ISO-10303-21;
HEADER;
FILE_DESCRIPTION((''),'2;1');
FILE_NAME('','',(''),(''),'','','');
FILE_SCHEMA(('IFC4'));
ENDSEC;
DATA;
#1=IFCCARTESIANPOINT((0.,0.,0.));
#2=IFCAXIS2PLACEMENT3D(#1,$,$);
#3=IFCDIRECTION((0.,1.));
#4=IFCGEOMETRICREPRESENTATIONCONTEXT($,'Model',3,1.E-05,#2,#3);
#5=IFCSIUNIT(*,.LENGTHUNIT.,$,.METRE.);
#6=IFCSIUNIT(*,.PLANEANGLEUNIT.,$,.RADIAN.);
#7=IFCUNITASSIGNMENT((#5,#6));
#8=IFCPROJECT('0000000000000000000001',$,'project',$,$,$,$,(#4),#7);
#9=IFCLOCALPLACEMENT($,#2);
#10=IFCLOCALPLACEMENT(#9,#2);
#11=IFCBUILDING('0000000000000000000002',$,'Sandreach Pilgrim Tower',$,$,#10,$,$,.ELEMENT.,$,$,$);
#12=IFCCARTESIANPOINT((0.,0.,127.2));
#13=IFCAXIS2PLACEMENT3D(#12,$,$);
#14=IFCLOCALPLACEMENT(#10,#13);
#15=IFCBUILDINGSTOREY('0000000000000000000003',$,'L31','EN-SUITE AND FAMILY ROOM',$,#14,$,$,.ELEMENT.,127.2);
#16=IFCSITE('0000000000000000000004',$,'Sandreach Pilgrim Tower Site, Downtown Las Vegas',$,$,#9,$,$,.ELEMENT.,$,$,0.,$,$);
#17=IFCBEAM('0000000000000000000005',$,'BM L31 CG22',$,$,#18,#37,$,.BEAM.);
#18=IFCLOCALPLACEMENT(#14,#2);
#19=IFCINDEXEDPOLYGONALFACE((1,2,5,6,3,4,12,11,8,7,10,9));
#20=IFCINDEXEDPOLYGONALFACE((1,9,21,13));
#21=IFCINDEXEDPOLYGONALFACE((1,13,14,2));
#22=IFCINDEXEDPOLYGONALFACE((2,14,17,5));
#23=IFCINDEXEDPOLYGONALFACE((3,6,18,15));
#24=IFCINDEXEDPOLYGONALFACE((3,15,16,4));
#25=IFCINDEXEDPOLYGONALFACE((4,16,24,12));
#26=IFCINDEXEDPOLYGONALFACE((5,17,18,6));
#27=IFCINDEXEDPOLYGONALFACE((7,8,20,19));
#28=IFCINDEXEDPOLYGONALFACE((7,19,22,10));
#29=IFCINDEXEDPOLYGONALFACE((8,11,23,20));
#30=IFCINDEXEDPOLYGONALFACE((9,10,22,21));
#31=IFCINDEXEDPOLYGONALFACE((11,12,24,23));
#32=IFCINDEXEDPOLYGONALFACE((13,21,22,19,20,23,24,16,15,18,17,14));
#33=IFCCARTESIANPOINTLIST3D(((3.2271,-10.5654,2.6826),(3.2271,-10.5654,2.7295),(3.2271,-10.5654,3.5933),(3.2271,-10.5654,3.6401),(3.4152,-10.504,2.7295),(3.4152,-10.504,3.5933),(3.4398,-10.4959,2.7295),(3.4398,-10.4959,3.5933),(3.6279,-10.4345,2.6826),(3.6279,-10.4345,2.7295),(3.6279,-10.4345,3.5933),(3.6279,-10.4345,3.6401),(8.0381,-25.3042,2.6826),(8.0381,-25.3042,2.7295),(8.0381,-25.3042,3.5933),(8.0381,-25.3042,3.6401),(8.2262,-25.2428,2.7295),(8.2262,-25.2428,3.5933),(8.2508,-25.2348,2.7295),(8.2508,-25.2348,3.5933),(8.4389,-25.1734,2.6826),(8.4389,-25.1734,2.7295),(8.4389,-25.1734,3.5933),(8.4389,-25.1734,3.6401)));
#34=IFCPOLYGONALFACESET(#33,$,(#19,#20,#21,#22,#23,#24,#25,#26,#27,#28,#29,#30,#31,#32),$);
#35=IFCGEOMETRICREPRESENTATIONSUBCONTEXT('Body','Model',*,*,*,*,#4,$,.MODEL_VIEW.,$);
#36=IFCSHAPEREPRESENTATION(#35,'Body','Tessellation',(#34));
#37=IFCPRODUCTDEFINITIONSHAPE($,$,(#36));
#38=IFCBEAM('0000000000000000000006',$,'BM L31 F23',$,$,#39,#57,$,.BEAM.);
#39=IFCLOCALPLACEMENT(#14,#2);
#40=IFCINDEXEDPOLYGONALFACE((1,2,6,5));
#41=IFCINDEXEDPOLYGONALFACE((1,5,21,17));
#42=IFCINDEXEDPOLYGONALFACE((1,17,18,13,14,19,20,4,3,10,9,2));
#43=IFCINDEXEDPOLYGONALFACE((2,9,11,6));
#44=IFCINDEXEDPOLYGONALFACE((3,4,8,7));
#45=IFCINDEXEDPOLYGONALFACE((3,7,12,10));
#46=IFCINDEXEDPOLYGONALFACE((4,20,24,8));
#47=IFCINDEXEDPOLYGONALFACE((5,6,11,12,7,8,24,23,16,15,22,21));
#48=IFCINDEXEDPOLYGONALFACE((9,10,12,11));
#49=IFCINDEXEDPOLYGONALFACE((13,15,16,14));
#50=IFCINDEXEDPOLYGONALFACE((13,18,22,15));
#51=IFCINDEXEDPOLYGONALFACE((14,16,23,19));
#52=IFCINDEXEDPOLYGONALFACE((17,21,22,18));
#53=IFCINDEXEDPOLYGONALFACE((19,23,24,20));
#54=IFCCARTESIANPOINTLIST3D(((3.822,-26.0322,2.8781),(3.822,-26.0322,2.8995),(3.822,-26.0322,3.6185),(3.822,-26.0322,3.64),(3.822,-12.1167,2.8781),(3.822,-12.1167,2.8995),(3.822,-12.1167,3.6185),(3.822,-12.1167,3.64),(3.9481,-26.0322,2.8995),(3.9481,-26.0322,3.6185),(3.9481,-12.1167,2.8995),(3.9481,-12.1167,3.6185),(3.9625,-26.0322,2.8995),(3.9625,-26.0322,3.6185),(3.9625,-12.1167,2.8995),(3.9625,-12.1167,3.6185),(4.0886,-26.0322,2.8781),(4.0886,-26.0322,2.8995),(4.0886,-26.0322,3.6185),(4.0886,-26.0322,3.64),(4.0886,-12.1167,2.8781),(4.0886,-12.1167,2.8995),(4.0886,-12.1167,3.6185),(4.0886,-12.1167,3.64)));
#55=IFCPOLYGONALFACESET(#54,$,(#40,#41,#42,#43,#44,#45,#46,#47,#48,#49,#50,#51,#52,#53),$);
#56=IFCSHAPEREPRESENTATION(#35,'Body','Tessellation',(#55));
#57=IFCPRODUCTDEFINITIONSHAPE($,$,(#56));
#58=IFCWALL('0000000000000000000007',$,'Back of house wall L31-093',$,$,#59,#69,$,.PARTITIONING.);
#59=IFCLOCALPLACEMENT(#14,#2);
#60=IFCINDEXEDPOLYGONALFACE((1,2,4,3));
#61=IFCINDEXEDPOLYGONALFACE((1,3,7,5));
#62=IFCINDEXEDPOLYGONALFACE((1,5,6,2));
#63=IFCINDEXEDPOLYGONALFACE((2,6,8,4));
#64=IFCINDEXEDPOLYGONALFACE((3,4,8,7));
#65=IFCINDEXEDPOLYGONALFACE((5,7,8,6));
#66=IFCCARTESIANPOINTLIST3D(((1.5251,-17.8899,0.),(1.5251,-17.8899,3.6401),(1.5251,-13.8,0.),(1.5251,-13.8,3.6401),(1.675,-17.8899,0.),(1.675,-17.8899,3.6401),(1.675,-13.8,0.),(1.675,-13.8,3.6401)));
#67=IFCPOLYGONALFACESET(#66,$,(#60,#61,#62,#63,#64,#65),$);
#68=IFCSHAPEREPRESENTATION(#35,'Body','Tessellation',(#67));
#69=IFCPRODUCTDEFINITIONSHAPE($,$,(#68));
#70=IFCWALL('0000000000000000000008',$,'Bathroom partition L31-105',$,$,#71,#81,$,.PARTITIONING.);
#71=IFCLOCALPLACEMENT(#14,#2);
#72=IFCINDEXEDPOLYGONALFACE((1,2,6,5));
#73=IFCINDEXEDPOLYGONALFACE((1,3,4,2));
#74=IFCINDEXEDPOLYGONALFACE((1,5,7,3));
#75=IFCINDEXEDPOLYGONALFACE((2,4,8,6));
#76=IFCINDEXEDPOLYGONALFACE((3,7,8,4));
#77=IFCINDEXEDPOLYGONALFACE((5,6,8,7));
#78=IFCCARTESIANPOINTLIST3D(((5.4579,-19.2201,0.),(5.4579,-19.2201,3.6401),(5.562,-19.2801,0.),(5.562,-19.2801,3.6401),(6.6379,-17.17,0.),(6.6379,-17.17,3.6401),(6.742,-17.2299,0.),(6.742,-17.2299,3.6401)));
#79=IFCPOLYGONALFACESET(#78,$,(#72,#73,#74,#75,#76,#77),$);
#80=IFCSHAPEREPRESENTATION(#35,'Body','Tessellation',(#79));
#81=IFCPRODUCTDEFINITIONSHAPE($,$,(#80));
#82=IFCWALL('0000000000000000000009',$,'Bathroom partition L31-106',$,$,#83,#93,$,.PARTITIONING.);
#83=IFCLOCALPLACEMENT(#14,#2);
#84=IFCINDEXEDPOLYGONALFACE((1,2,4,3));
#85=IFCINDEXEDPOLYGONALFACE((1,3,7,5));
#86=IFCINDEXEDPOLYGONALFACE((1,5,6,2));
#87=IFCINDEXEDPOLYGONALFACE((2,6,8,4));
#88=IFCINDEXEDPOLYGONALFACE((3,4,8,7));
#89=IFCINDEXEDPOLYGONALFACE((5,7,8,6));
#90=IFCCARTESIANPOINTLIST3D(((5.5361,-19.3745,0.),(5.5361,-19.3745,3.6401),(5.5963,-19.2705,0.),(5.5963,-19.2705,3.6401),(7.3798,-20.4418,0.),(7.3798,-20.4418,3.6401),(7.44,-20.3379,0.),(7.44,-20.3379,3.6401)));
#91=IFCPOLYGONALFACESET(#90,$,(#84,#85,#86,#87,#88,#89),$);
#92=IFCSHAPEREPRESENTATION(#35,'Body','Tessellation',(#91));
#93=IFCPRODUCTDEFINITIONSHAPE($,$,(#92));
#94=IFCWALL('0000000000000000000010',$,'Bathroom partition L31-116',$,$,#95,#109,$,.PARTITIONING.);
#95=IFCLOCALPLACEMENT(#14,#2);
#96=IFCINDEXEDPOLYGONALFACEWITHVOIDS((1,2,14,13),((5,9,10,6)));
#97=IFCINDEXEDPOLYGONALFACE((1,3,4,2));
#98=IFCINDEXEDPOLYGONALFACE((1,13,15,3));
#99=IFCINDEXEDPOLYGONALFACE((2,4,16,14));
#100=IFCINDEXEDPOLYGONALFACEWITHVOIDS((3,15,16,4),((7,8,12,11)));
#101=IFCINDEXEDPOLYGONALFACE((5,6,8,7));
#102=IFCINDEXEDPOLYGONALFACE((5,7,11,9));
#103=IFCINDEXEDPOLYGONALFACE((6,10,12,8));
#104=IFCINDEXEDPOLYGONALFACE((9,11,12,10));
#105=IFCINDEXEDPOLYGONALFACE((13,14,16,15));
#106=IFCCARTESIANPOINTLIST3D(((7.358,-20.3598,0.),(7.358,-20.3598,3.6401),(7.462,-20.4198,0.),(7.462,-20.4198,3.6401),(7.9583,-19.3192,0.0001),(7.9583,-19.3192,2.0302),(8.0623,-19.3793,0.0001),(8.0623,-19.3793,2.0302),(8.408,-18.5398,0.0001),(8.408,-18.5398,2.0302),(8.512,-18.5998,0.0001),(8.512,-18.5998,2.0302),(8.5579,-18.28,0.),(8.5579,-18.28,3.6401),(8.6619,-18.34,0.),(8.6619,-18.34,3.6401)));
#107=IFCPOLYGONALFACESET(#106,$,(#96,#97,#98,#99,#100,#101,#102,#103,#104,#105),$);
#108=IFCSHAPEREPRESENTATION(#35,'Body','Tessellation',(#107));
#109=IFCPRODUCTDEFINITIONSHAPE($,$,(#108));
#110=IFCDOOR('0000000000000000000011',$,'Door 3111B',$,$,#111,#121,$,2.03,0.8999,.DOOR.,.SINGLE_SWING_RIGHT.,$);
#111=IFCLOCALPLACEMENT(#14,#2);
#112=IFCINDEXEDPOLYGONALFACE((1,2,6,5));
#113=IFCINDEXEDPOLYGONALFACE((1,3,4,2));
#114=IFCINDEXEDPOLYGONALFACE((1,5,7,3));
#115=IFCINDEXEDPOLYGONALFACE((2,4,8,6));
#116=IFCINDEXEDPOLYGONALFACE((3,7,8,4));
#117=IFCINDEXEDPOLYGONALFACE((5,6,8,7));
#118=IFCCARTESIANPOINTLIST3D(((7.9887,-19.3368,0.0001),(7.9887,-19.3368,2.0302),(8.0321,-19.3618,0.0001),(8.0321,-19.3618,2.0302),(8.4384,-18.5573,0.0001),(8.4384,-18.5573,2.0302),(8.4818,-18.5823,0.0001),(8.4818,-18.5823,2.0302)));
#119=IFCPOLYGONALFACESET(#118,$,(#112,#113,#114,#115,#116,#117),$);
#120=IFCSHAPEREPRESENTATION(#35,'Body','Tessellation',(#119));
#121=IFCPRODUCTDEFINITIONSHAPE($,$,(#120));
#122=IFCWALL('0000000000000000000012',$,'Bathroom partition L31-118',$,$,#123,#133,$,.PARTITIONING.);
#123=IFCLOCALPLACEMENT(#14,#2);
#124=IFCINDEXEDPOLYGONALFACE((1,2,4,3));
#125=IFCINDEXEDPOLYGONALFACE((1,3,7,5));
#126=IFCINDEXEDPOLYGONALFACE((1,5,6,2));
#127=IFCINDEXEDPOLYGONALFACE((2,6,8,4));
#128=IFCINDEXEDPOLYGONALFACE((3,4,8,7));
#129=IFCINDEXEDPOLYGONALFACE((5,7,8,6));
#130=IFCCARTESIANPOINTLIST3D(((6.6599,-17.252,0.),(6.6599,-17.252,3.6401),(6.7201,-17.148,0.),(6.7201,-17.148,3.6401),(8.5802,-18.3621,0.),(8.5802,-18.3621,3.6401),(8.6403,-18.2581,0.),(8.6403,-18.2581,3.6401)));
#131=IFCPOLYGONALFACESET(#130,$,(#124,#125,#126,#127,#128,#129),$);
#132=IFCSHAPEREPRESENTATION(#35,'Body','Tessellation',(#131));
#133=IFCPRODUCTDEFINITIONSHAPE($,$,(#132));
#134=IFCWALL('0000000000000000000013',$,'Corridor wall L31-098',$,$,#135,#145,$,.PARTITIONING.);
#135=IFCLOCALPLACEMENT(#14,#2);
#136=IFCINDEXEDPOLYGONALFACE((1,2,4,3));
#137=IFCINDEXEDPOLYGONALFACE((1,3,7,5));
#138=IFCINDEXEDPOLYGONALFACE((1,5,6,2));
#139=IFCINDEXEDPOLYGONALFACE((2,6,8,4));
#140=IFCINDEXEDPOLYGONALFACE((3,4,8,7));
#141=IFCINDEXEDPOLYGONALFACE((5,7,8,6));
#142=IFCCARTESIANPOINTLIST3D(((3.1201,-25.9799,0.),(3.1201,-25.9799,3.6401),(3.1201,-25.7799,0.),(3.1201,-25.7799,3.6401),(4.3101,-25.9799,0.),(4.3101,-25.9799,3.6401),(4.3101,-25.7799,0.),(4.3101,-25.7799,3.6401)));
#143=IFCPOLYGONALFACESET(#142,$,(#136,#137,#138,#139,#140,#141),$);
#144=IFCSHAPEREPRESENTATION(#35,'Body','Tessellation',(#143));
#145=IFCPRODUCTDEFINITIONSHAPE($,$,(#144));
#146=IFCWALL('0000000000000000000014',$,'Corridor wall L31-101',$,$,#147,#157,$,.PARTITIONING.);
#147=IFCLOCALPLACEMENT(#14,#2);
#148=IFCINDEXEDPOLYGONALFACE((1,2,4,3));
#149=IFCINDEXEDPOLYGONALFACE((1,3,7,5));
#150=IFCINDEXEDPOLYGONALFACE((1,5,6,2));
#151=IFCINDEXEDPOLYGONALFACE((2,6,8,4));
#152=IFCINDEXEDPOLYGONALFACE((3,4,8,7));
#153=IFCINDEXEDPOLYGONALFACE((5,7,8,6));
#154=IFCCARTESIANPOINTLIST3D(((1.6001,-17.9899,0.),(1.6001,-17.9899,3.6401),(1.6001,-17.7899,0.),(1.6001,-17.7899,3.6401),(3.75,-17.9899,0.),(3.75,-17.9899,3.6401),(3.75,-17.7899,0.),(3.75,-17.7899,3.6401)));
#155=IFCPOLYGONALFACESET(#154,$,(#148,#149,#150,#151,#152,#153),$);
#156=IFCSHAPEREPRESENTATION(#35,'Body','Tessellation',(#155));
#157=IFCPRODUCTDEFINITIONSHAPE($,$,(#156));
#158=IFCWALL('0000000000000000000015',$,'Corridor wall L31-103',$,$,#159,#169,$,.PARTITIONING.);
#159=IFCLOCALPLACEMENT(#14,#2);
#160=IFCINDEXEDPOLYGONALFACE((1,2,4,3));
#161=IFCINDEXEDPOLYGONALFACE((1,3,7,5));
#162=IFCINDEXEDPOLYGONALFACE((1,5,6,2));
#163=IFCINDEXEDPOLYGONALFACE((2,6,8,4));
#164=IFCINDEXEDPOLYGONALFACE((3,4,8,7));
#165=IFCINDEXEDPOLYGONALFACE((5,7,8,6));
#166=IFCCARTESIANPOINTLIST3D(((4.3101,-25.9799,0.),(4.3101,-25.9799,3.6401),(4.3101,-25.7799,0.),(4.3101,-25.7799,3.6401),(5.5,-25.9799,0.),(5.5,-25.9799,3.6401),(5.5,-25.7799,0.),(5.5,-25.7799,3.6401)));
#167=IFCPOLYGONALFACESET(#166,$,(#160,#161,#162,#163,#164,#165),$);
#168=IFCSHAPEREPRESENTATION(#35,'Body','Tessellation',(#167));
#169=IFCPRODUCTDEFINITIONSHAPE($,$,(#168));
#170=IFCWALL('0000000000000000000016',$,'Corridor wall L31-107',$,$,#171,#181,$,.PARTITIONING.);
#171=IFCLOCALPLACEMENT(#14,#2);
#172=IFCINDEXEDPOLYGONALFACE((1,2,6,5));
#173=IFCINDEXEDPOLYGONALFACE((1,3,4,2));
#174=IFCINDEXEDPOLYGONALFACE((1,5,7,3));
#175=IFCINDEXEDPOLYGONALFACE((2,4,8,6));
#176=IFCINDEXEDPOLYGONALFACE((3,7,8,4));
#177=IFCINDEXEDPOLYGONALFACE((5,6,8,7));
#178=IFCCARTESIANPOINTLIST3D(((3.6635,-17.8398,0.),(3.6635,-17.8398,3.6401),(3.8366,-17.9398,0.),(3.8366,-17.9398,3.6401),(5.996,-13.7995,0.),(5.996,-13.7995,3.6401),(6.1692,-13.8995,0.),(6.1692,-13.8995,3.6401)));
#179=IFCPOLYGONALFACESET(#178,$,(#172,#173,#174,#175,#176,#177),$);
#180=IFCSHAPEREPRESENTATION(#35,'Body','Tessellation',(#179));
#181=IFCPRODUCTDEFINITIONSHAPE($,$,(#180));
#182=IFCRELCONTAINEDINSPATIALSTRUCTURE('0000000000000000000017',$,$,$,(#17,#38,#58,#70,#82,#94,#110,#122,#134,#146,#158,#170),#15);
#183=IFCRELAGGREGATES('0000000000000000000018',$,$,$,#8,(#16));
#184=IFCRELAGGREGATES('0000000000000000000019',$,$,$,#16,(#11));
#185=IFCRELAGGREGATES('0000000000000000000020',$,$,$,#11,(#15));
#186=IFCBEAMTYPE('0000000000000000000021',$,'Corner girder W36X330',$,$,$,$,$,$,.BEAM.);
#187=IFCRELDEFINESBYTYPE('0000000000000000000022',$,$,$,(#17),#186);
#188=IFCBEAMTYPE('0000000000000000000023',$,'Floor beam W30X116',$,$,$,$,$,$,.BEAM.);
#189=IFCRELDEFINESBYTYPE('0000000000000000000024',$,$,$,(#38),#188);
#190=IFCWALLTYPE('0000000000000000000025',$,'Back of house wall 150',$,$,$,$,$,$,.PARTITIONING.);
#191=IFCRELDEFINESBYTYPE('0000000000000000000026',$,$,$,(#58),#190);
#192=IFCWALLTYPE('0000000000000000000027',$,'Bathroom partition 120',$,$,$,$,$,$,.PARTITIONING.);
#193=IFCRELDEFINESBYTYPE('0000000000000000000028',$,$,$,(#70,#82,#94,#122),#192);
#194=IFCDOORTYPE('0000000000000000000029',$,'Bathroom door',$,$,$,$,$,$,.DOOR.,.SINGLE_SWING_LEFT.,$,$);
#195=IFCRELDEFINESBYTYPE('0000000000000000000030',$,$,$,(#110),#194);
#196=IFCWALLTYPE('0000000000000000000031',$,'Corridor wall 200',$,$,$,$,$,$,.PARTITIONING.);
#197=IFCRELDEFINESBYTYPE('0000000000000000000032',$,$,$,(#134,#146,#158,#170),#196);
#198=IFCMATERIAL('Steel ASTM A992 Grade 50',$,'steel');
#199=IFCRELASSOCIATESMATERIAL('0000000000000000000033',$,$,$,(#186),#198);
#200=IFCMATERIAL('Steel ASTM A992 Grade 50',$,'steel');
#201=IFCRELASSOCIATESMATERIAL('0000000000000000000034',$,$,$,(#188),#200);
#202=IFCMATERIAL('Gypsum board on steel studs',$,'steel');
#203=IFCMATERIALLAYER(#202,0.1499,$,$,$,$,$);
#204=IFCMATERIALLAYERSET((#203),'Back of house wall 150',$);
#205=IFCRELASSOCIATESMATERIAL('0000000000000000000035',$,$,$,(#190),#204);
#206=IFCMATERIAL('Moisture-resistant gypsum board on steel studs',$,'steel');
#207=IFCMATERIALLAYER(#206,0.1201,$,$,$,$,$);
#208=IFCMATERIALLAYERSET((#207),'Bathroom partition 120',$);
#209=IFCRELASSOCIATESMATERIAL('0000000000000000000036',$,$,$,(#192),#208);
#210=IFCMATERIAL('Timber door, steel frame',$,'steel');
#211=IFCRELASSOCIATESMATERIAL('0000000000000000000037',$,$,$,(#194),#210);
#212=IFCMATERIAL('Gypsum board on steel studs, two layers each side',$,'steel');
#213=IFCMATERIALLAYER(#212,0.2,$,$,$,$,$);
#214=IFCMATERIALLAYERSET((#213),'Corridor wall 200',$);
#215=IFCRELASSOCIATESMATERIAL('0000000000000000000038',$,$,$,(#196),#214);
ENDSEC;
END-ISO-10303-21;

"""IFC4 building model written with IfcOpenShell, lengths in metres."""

from ifc_helpers import new_model, si_unit, direction, frame, frame_2d, origin, origin_2d, place, context, subcontext, project, spatial, rectangle, i_section, extrude, material, layer, layer_set, material_profile, profile_set, type_object, element, fill, save


model = new_model("IFC4")

# Units and contexts
model_context = context("Model", 3, precision=1e-05, world=origin(), true_north=direction((0.0, 1.0)))
body_context = subcontext(model_context, "Body", "Model", "MODEL_VIEW")
ifc_project = project(units=[si_unit("LENGTHUNIT", "METRE"), si_unit("PLANEANGLEUNIT", "RADIAN")], contexts=[model_context])

# Site, building, storey
site_placement = place(None, origin())
site = spatial("IfcSite", under=ifc_project, at=site_placement, Name="Sandreach Pilgrim Tower Site, Downtown Las Vegas", CompositionType="ELEMENT", RefElevation=0.0)
building_placement = place(site_placement, origin())
building = spatial("IfcBuilding", under=site, at=building_placement, Name="Sandreach Pilgrim Tower", CompositionType="ELEMENT")
storey_placement = place(building_placement, frame((0.0, 0.0, 127.2)))
storey = spatial("IfcBuildingStorey", under=building, at=storey_placement, Name="L31", Description="EN-SUITE AND FAMILY ROOM", CompositionType="ELEMENT", Elevation=127.2)

# Beams
ifc_material_1 = material(Name="Steel ASTM A992 Grade 50", Category="steel")
ifc_material_profile_1 = material_profile(ifc_material_1, i_section(OverallWidth=0.4216, OverallDepth=0.9575, WebThickness=0.0259, FlangeThickness=0.0469, at=origin_2d()), Name="W36X330")
ifc_profile_set_1 = profile_set([ifc_material_profile_1], Name="Steel ASTM A992 Grade 50")
beam_type_1 = type_object("IfcBeamType", Name="Corner girder W36X330", PredefinedType="BEAM", material=ifc_profile_set_1)
beam_1_placement = place(storey_placement, frame((8.2385, -25.2388, 3.1614), z_axis=(-0.310307, 0.950636, 0.0), x_axis=(-0.950636, -0.310307, 0.0)))
element("IfcBeam", 1, at=beam_1_placement, inside=storey, type_object=beam_type_1, Name="BM L31 CG22", PredefinedType="BEAM", context=body_context, shape_type="SweptSolid", body=[
    extrude(i_section(OverallWidth=0.4216, OverallDepth=0.9575, WebThickness=0.0259, FlangeThickness=0.0469, at=origin_2d()), origin(), (0.0, 0.0, 1.0), 15.5042),
])
ifc_material_2 = material(Name="Steel ASTM A992 Grade 50", Category="steel")
ifc_material_profile_2 = material_profile(ifc_material_2, i_section(OverallWidth=0.2666, OverallDepth=0.762, WebThickness=0.0144, FlangeThickness=0.0215, at=origin_2d()), Name="W30X116")
ifc_profile_set_2 = profile_set([ifc_material_profile_2], Name="Steel ASTM A992 Grade 50")
beam_type_2 = type_object("IfcBeamType", Name="Floor beam W30X116", PredefinedType="BEAM", material=ifc_profile_set_2)
beam_2_placement = place(storey_placement, frame((3.9553, -26.0322, 3.259), z_axis=(0.0, 1.0, 0.0), x_axis=(-1.0, 0.0, 0.0)))
element("IfcBeam", 2, at=beam_2_placement, inside=storey, type_object=beam_type_2, Name="BM L31 F23", PredefinedType="BEAM", context=body_context, shape_type="SweptSolid", body=[
    extrude(i_section(OverallWidth=0.2666, OverallDepth=0.762, WebThickness=0.0144, FlangeThickness=0.0215, at=origin_2d()), origin(), (0.0, 0.0, 1.0), 13.9155),
])

# Walls
ifc_material_3 = material(Name="Gypsum board on steel studs", Category="steel")
ifc_layer_1 = layer(ifc_material_3, 0.1499)
ifc_layer_set_1 = layer_set([ifc_layer_1], Name="Back of house wall 150")
wall_type_1 = type_object("IfcWallType", Name="Back of house wall 150", PredefinedType="PARTITIONING", material=ifc_layer_set_1)
wall_1_placement = place(storey_placement, frame((1.6001, -13.8, 0.0), z_axis=(0.0, 0.0, 1.0), x_axis=(0.0, -1.0, 0.0)))
element("IfcWall", 3, at=wall_1_placement, inside=storey, type_object=wall_type_1, Name="Back of house wall L31-093", PredefinedType="PARTITIONING", context=body_context, shape_type="SweptSolid", body=[
    extrude(rectangle(XDim=4.0898, YDim=0.1499, at=frame_2d((2.0449, 0.0))), origin(), (0.0, 0.0, 1.0), 3.6401),
])
ifc_material_4 = material(Name="Moisture-resistant gypsum board on steel studs", Category="steel")
ifc_layer_2 = layer(ifc_material_4, 0.1201)
ifc_layer_set_2 = layer_set([ifc_layer_2], Name="Bathroom partition 120")
wall_type_2 = type_object("IfcWallType", Name="Bathroom partition 120", PredefinedType="PARTITIONING", material=ifc_layer_set_2)
wall_2_placement = place(storey_placement, frame((5.51, -19.25, 0.0), z_axis=(0.0, 0.0, 1.0), x_axis=(0.498838, 0.866695, 0.0)))
element("IfcWall", 4, at=wall_2_placement, inside=storey, type_object=wall_type_2, Name="Bathroom partition L31-105", PredefinedType="PARTITIONING", context=body_context, shape_type="SweptSolid", body=[
    extrude(rectangle(XDim=2.3655, YDim=0.1201, at=frame_2d((1.1826, 0.0))), origin(), (0.0, 0.0, 1.0), 3.6401),
])
wall_3_placement = place(storey_placement, frame((5.5662, -19.3225, 0.0), z_axis=(0.0, 0.0, 1.0), x_axis=(0.865437, -0.501018, 0.0)))
element("IfcWall", 5, at=wall_3_placement, inside=storey, type_object=wall_type_2, Name="Bathroom partition L31-106", PredefinedType="PARTITIONING", context=body_context, shape_type="SweptSolid", body=[
    extrude(rectangle(XDim=2.1304, YDim=0.1201, at=frame_2d((1.0652, 0.0))), origin(), (0.0, 0.0, 1.0), 3.6401),
])

# Wall, opening, door
wall_4_placement = place(storey_placement, frame((7.4099, -20.3899, 0.0), z_axis=(0.0, 0.0, 1.0), x_axis=(0.499737, 0.866177, 0.0)))
wall_4 = element("IfcWall", 6, at=wall_4_placement, inside=storey, type_object=wall_type_2, Name="Bathroom partition L31-116", PredefinedType="PARTITIONING", context=body_context, shape_type="SweptSolid", body=[
    extrude(rectangle(XDim=2.4011, YDim=0.1201, at=frame_2d((1.2007, 0.0))), origin(), (0.0, 0.0, 1.0), 3.6401),
])
opening_1_placement = place(wall_4_placement, frame((1.2014, 0.0, 0.0)))
opening_1 = element("IfcOpeningElement", 7, at=opening_1_placement, cuts=wall_4, PredefinedType="OPENING", context=body_context, shape_type="SweptSolid", body=[
    extrude(rectangle(XDim=0.8999, YDim=2.03, at=frame_2d((0.45, 1.0151))), frame((0.0, 0.0601, 0.0), z_axis=(0.0, -1.0, 0.0), x_axis=(1.0, 0.0, 0.0)), (0.0, 0.0, 1.0), 0.1201),
])
ifc_material_5 = material(Name="Timber door, steel frame", Category="steel")
door_type_1 = type_object("IfcDoorType", Name="Bathroom door", OperationType="SINGLE_SWING_LEFT", PredefinedType="DOOR", material=ifc_material_5)
door_1_placement = place(opening_1_placement, origin())
door_1 = element("IfcDoor", 8, at=door_1_placement, inside=storey, type_object=door_type_1, Name="Door 3111B", OperationType="SINGLE_SWING_RIGHT", OverallHeight=2.03, OverallWidth=0.8999, PredefinedType="DOOR", context=body_context, shape_type="SweptSolid", body=[
    extrude(rectangle(XDim=0.8999, YDim=2.03, at=frame_2d((0.45, 1.0151))), frame((0.0, 0.0249, 0.0), z_axis=(0.0, -1.0, 0.0), x_axis=(1.0, 0.0, 0.0)), (0.0, 0.0, 1.0), 0.05),
])
fill(opening_1, door_1)

# Wall
wall_5_placement = place(storey_placement, frame((8.6101, -18.3101, 0.0), z_axis=(0.0, 0.0, 1.0), x_axis=(-0.865733, 0.500507, 0.0)))
element("IfcWall", 9, at=wall_5_placement, inside=storey, type_object=wall_type_2, Name="Bathroom partition L31-118", PredefinedType="PARTITIONING", context=body_context, shape_type="SweptSolid", body=[
    extrude(rectangle(XDim=2.218, YDim=0.1201, at=frame_2d((1.1089, 0.0))), origin(), (0.0, 0.0, 1.0), 3.6401),
])

# Shared definitions
ifc_material_6 = material(Name="Gypsum board on steel studs, two layers each side", Category="steel")
ifc_layer_3 = layer(ifc_material_6, 0.2)
ifc_layer_set_3 = layer_set([ifc_layer_3], Name="Corridor wall 200")
wall_type_3 = type_object("IfcWallType", Name="Corridor wall 200", PredefinedType="PARTITIONING", material=ifc_layer_set_3)

# Walls
wall_6_placement = place(storey_placement, frame((3.1201, -25.8799, 0.0), z_axis=(0.0, 0.0, 1.0), x_axis=(1.0, 0.0, 0.0)))
element("IfcWall", 10, at=wall_6_placement, inside=storey, type_object=wall_type_3, Name="Corridor wall L31-098", PredefinedType="PARTITIONING", context=body_context, shape_type="SweptSolid", body=[
    extrude(rectangle(XDim=1.1899, YDim=0.2, at=frame_2d((0.595, 0.0))), origin(), (0.0, 0.0, 1.0), 3.6401),
])
wall_7_placement = place(storey_placement, frame((3.75, -17.8899, 0.0), z_axis=(0.0, 0.0, 1.0), x_axis=(-1.0, 0.0, 0.0)))
element("IfcWall", 11, at=wall_7_placement, inside=storey, type_object=wall_type_3, Name="Corridor wall L31-101", PredefinedType="PARTITIONING", context=body_context, shape_type="SweptSolid", body=[
    extrude(rectangle(XDim=2.1499, YDim=0.2, at=frame_2d((1.075, 0.0))), origin(), (0.0, 0.0, 1.0), 3.6401),
])
wall_8_placement = place(storey_placement, frame((4.3101, -25.8799, 0.0), z_axis=(0.0, 0.0, 1.0), x_axis=(1.0, 0.0, 0.0)))
element("IfcWall", 12, at=wall_8_placement, inside=storey, type_object=wall_type_3, Name="Corridor wall L31-103", PredefinedType="PARTITIONING", context=body_context, shape_type="SweptSolid", body=[
    extrude(rectangle(XDim=1.1899, YDim=0.2, at=frame_2d((0.595, 0.0))), origin(), (0.0, 0.0, 1.0), 3.6401),
])

# Wall
wall_9_placement = place(storey_placement, frame((6.0825, -13.8496, 0.0), z_axis=(0.0, 0.0, 1.0), x_axis=(-0.499978, -0.866038, 0.0)))
element("IfcWall", 13, at=wall_9_placement, inside=storey, type_object=wall_type_3, Name="Corridor wall L31-107", PredefinedType="PARTITIONING", context=body_context, shape_type="SweptSolid", body=[
    extrude(rectangle(XDim=4.6653, YDim=0.2, at=frame_2d((2.3325, 0.0))), origin(), (0.0, 0.0, 1.0), 3.6401),
])

save(model, "model.ifc")
